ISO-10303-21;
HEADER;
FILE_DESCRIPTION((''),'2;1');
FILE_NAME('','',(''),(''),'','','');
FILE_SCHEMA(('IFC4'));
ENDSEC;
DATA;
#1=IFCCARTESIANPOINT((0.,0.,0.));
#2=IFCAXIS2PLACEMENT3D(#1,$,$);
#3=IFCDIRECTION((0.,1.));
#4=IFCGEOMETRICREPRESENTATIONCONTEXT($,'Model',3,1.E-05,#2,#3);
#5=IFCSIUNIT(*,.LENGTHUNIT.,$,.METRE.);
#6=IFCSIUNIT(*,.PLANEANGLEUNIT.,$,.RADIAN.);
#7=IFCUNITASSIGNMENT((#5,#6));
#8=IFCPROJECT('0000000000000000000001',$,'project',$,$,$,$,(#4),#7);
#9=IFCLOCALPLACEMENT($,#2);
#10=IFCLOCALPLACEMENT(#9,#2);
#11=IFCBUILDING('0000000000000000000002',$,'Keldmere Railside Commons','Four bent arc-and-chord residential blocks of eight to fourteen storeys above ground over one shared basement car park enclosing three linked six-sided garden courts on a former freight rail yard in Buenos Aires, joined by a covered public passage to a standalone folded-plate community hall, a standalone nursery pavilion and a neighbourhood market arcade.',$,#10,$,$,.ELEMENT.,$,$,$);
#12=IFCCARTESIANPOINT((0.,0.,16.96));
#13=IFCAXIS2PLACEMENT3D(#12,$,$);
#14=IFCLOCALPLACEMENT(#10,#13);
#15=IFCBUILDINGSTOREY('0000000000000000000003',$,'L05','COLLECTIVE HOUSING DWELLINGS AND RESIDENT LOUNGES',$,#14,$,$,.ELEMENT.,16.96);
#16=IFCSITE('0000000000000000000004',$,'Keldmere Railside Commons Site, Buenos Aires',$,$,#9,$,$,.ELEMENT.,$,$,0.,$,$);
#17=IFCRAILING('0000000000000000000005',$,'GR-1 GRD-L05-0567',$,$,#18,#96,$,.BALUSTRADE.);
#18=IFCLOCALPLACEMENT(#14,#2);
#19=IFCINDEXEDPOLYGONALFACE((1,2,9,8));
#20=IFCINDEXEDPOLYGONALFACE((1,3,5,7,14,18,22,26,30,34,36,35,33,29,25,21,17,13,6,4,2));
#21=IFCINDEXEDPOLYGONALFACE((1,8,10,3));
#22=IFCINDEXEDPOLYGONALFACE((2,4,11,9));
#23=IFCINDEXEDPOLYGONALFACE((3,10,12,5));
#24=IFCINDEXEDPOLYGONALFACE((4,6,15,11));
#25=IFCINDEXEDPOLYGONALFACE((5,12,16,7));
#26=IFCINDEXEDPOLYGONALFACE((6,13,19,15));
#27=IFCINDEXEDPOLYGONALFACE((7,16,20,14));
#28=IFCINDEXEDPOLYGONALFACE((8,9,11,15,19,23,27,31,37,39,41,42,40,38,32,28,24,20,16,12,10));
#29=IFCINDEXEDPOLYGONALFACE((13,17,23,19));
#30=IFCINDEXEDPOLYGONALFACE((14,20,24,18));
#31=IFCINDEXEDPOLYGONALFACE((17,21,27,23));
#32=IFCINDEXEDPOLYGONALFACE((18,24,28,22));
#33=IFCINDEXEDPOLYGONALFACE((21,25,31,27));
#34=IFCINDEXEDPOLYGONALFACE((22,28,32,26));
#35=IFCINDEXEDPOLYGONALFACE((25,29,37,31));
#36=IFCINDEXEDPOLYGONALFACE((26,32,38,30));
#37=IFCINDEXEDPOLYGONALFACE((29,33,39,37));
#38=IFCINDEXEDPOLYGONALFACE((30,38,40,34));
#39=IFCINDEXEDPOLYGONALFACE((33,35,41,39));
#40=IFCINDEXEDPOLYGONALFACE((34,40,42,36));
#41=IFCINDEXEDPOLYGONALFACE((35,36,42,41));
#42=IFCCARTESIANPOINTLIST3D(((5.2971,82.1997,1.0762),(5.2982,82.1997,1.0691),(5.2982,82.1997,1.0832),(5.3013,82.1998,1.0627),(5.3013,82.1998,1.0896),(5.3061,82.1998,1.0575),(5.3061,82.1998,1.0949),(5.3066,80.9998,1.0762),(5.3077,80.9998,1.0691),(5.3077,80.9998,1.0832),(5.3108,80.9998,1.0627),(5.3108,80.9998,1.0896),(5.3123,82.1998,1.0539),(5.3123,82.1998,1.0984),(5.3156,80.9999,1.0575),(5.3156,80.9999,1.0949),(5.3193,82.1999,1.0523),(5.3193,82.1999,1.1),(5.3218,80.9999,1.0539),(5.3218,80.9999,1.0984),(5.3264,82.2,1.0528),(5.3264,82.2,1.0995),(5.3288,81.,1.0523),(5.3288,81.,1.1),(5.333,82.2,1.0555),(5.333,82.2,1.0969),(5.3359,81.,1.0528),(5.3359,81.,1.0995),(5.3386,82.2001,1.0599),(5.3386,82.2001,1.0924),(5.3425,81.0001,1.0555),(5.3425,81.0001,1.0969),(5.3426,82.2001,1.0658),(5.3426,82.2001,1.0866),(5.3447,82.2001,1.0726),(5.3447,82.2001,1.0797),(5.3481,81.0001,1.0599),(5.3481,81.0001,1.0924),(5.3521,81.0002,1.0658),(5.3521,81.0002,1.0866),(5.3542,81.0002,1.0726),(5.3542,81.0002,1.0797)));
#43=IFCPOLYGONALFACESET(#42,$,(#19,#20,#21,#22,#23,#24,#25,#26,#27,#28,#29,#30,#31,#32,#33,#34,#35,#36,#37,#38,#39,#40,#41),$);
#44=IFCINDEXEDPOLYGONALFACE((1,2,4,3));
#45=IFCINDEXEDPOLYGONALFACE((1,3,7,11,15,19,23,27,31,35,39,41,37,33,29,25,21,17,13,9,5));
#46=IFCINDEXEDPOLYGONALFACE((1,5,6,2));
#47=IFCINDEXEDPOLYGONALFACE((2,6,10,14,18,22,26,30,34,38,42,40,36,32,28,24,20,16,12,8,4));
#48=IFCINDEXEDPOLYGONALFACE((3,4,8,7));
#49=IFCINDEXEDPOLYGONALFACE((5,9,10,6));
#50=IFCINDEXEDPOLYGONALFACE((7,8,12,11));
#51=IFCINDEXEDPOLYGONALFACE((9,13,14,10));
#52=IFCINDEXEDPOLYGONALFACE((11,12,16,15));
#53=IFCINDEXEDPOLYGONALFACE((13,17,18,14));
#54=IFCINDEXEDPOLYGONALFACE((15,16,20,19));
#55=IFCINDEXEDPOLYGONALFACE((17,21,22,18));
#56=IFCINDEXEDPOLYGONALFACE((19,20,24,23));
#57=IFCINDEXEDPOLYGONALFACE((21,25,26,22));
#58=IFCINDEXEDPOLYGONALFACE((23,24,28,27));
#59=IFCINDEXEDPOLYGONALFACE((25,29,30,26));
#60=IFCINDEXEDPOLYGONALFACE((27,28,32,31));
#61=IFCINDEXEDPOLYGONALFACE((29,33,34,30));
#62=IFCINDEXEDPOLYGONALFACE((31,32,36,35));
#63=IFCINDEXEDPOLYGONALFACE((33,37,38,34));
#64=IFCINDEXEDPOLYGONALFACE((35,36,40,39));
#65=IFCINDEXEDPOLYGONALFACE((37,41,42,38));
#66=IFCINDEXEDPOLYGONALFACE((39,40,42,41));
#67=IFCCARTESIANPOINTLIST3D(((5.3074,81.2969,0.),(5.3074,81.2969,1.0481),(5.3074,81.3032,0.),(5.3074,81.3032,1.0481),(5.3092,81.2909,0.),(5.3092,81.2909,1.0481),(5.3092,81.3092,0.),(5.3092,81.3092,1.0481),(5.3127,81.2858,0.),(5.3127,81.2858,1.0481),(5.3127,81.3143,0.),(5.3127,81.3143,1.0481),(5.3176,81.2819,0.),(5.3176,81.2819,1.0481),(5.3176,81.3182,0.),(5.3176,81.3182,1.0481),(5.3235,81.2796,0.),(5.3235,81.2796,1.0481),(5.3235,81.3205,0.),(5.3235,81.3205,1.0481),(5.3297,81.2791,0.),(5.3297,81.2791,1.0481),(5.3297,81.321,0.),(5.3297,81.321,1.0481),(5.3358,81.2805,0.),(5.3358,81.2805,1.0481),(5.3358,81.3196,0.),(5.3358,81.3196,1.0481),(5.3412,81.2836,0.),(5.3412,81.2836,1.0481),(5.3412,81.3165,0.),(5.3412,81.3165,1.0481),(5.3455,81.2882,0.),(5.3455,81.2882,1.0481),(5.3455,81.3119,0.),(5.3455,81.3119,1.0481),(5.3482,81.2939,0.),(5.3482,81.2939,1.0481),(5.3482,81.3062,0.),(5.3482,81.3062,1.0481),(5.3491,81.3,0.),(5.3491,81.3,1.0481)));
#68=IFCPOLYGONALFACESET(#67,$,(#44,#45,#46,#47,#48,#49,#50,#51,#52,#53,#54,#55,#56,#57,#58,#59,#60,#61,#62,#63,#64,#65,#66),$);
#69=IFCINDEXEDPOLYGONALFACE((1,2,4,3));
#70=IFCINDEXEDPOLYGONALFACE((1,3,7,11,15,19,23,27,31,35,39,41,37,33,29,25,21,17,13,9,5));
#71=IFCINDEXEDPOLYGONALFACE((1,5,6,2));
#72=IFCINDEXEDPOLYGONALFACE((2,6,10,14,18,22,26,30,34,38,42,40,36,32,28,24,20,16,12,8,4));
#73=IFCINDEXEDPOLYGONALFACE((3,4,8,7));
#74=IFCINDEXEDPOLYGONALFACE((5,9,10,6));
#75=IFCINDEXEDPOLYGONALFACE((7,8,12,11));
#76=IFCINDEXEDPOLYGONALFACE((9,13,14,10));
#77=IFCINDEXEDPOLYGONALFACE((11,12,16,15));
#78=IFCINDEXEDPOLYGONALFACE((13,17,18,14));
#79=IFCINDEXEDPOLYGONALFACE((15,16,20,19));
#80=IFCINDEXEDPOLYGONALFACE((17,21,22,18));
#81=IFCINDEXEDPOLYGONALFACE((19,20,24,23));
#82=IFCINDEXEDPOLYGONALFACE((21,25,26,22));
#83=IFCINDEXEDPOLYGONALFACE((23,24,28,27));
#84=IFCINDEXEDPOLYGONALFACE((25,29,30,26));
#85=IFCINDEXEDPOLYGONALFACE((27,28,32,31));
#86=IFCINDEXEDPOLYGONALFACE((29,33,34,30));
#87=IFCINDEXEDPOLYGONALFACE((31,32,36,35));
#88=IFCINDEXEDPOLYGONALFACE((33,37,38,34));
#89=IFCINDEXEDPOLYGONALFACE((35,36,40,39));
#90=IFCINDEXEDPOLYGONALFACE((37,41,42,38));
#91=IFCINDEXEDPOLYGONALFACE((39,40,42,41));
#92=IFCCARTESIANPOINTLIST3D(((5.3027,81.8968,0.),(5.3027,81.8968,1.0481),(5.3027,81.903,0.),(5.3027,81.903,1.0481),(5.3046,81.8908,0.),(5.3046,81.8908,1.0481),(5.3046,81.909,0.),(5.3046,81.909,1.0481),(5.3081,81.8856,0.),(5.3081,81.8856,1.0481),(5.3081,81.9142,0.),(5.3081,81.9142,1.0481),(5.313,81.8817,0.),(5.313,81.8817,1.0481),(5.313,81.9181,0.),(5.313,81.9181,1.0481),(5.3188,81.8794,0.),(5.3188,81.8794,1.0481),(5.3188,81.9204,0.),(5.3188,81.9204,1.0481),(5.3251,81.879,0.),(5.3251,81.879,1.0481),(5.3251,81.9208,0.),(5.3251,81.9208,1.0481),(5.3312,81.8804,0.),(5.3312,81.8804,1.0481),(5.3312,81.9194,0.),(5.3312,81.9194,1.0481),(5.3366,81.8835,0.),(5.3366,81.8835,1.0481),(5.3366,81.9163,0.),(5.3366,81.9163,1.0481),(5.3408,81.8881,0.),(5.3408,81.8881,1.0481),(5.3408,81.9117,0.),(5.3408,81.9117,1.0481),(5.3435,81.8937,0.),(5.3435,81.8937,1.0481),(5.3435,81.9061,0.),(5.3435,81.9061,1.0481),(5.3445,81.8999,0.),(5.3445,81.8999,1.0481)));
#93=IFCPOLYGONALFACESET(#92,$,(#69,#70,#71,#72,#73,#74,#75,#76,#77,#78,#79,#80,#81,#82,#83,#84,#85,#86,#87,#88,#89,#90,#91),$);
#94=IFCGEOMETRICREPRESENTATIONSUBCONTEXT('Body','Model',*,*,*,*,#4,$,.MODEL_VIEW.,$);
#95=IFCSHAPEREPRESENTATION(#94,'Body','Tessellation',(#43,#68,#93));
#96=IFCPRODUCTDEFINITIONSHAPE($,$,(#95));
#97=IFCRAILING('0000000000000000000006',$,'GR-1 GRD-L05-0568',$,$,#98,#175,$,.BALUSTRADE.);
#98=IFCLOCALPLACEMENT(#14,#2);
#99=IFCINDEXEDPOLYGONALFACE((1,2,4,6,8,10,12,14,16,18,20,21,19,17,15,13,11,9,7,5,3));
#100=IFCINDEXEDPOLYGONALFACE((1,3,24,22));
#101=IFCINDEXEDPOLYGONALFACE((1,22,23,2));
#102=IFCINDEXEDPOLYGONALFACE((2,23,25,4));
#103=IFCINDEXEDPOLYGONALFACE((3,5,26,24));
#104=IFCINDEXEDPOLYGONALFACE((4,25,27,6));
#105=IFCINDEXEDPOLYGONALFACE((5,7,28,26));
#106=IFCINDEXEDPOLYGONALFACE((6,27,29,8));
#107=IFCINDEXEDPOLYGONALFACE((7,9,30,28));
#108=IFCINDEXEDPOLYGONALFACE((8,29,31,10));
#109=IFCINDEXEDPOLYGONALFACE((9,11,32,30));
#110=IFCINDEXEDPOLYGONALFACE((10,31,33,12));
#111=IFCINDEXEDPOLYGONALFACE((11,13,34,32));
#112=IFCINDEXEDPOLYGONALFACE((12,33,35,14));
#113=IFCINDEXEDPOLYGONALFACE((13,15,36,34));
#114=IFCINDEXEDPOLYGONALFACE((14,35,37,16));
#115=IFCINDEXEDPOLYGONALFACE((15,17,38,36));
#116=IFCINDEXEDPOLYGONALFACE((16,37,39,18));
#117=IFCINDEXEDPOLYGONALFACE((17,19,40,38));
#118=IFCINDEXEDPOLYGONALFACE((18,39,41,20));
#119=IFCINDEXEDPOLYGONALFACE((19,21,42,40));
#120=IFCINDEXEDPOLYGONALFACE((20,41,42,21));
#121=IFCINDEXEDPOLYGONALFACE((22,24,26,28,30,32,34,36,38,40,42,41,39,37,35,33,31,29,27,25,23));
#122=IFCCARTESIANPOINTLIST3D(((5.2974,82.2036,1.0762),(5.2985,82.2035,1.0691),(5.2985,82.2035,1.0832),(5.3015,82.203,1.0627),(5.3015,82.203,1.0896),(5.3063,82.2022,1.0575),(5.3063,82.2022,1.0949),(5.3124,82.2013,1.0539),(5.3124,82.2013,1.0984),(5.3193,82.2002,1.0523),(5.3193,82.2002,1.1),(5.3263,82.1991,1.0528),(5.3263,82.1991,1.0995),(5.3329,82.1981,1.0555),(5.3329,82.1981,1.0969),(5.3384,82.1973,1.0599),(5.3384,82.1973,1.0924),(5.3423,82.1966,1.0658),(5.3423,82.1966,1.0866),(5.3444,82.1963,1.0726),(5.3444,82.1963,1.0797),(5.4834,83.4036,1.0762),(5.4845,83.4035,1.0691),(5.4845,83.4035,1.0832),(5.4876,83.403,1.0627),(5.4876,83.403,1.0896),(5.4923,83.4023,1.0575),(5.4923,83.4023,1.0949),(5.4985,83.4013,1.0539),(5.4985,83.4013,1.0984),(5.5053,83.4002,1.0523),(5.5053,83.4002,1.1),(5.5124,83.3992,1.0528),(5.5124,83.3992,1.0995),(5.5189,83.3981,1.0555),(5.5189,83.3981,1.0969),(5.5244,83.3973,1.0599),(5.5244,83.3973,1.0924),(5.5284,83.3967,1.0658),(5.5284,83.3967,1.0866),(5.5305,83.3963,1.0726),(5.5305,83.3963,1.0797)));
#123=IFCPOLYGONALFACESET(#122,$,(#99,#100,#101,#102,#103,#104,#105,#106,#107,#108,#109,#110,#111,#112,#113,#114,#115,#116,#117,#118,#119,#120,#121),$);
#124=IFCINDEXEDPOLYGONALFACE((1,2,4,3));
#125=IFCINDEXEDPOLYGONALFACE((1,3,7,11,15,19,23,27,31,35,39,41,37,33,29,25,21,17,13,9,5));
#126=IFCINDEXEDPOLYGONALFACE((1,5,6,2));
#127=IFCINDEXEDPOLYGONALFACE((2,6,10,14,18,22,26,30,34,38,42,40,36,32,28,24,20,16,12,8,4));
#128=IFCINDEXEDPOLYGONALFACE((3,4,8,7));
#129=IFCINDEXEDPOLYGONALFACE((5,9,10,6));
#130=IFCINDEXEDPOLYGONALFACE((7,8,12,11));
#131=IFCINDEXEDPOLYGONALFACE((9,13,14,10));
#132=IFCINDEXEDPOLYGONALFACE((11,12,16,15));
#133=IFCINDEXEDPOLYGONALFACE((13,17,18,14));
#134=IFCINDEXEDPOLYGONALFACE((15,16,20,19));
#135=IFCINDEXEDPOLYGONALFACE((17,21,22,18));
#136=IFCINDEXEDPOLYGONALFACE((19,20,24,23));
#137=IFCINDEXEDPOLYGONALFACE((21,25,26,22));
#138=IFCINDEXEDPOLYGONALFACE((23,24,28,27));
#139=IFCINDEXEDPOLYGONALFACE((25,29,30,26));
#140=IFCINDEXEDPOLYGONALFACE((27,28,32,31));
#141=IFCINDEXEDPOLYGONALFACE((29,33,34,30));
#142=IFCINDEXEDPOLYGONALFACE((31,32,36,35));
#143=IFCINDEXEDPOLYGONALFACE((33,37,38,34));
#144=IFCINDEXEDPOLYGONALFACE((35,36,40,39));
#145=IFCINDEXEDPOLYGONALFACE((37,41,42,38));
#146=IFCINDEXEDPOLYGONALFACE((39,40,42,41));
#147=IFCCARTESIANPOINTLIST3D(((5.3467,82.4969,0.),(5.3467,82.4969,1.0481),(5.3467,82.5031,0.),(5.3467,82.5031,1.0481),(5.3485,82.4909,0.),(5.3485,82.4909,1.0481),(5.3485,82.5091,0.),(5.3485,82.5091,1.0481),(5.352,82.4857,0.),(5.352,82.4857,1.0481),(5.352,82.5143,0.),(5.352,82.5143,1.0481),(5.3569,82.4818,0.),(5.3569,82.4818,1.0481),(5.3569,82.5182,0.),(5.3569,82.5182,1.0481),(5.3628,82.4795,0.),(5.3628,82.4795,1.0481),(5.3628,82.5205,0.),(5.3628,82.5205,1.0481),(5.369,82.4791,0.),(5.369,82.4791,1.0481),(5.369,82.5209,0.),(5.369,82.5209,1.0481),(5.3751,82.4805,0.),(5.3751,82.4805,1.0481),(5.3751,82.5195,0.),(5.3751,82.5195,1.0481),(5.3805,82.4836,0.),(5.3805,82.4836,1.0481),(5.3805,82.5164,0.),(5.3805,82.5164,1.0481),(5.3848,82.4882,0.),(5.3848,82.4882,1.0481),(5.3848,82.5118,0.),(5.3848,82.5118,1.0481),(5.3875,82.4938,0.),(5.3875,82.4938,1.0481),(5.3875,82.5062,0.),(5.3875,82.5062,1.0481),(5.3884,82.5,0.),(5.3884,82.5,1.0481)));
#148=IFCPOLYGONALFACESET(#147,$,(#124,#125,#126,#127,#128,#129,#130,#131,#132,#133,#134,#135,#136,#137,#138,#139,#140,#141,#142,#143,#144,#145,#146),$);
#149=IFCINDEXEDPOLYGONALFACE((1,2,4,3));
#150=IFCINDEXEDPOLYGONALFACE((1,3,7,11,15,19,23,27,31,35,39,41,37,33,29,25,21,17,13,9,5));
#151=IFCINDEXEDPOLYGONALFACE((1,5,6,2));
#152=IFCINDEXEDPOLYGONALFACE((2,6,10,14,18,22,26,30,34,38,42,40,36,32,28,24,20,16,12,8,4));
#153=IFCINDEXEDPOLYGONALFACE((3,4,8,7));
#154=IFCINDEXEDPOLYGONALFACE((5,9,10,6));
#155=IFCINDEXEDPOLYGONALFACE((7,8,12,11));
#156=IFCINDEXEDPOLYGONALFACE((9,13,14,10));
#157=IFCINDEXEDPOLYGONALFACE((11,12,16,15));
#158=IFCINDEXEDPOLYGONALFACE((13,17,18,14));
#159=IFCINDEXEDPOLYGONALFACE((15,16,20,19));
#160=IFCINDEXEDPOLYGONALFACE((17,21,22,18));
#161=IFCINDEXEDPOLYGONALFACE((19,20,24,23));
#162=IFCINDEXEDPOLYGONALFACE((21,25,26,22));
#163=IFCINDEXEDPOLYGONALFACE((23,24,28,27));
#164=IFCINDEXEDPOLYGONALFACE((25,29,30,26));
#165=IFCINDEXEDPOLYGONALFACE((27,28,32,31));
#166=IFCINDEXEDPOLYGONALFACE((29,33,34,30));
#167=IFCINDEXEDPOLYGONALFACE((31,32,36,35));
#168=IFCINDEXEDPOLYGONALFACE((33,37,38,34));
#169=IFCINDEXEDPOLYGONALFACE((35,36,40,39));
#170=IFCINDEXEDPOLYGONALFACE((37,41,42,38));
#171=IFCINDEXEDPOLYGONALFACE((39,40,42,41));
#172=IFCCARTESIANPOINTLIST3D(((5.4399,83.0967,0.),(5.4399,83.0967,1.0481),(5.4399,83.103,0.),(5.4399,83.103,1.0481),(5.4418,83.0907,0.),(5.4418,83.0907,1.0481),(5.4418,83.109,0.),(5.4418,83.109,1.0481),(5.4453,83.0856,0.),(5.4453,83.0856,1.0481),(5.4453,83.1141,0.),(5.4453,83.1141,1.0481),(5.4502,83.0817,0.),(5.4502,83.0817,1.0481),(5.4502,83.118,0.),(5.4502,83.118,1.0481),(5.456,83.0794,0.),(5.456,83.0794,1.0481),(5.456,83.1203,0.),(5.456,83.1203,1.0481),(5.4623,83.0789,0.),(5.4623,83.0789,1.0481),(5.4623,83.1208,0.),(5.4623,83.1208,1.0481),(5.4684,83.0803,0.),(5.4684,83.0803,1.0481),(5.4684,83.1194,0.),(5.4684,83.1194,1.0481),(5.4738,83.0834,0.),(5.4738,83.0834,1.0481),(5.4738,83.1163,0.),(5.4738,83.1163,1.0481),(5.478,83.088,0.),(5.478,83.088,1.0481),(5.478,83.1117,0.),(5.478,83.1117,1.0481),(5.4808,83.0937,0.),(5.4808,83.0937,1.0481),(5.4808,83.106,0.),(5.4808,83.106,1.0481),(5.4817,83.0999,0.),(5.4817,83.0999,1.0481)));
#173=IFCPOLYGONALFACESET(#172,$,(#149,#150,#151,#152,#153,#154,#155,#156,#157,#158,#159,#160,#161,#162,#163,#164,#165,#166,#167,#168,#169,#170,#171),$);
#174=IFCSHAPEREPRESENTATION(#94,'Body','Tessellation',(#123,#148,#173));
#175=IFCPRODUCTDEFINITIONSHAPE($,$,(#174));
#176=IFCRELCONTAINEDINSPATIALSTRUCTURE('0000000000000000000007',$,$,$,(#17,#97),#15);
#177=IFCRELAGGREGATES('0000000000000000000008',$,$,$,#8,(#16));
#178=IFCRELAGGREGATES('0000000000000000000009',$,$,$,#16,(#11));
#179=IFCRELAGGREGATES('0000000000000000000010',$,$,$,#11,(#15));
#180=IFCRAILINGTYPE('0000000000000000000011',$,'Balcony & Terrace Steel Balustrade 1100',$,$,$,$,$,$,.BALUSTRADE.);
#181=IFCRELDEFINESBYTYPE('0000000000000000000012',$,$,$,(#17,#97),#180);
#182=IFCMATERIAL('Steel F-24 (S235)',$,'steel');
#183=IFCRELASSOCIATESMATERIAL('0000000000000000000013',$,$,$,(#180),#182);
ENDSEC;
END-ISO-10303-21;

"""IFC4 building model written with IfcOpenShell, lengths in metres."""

from ifc_helpers import new_model, si_unit, direction, frame, origin, origin_2d, place, context, subcontext, project, spatial, circle, extrude, material, type_object, element, save


model = new_model("IFC4")

# Units and contexts
model_context = context("Model", 3, precision=1e-05, world=origin(), true_north=direction((0.0, 1.0)))
body_context = subcontext(model_context, "Body", "Model", "MODEL_VIEW")
ifc_project = project(units=[si_unit("LENGTHUNIT", "METRE"), si_unit("PLANEANGLEUNIT", "RADIAN")], contexts=[model_context])

# Site, building, storey
site_placement = place(None, origin())
site = spatial("IfcSite", under=ifc_project, at=site_placement, Name="Keldmere Railside Commons Site, Buenos Aires", CompositionType="ELEMENT", RefElevation=0.0)
building_placement = place(site_placement, origin())
building = spatial("IfcBuilding", under=site, at=building_placement, Name="Keldmere Railside Commons", Description="Four bent arc-and-chord residential blocks of eight to fourteen storeys above ground over one shared basement car park enclosing three linked six-sided garden courts on a former freight rail yard in Buenos Aires, joined by a covered public passage to a standalone folded-plate community hall, a standalone nursery pavilion and a neighbourhood market arcade.", CompositionType="ELEMENT")
storey_placement = place(building_placement, frame((0.0, 0.0, 16.96)))
storey = spatial("IfcBuildingStorey", under=building, at=storey_placement, Name="L05", Description="COLLECTIVE HOUSING DWELLINGS AND RESIDENT LOUNGES", CompositionType="ELEMENT", Elevation=16.96)

# Shared definitions
ifc_material_1 = material(Name="Steel F-24 (S235)", Category="steel")

# Railings
railing_type_1 = type_object("IfcRailingType", Name="Balcony & Terrace Steel Balustrade 1100", PredefinedType="BALUSTRADE", material=ifc_material_1)
railing_1_placement = place(storey_placement, frame((5.3306, 81.0, 0.0)))
element("IfcRailing", 1, at=railing_1_placement, inside=storey, type_object=railing_type_1, Name="GR-1 GRD-L05-0567", PredefinedType="BALUSTRADE", context=body_context, shape_type="SweptSolid", body=[
    extrude(circle(Radius=0.0239, at=origin_2d()), frame((0.0, 0.0, 1.0762), z_axis=(-0.007935, 0.999969, 0.0), x_axis=(-0.999969, -0.007935, 0.0)), (0.0, 0.0, 1.0), 1.2),
    extrude(circle(Radius=0.021, at=origin_2d()), frame((-0.0024, 0.3, 0.0)), (0.0, 0.0, 1.0), 1.0481),
    extrude(circle(Radius=0.021, at=origin_2d()), frame((-0.0071, 0.8999, 0.0)), (0.0, 0.0, 1.0), 1.0481),
])
railing_2_placement = place(storey_placement, frame((5.321, 82.2, 0.0)))
element("IfcRailing", 2, at=railing_2_placement, inside=storey, type_object=railing_type_1, Name="GR-1 GRD-L05-0568", PredefinedType="BALUSTRADE", context=body_context, shape_type="SweptSolid", body=[
    extrude(circle(Radius=0.0239, at=origin_2d()), frame((0.0, 0.0, 1.0762), z_axis=(0.153205, 0.988194, 0.0), x_axis=(-0.988194, 0.153205, 0.0)), (0.0, 0.0, 1.0), 1.2144),
    extrude(circle(Radius=0.021, at=origin_2d()), frame((0.0464, 0.3, 0.0)), (0.0, 0.0, 1.0), 1.0481),
    extrude(circle(Radius=0.021, at=origin_2d()), frame((0.1396, 0.8999, 0.0)), (0.0, 0.0, 1.0), 1.0481),
])

save(model, "model.ifc")
